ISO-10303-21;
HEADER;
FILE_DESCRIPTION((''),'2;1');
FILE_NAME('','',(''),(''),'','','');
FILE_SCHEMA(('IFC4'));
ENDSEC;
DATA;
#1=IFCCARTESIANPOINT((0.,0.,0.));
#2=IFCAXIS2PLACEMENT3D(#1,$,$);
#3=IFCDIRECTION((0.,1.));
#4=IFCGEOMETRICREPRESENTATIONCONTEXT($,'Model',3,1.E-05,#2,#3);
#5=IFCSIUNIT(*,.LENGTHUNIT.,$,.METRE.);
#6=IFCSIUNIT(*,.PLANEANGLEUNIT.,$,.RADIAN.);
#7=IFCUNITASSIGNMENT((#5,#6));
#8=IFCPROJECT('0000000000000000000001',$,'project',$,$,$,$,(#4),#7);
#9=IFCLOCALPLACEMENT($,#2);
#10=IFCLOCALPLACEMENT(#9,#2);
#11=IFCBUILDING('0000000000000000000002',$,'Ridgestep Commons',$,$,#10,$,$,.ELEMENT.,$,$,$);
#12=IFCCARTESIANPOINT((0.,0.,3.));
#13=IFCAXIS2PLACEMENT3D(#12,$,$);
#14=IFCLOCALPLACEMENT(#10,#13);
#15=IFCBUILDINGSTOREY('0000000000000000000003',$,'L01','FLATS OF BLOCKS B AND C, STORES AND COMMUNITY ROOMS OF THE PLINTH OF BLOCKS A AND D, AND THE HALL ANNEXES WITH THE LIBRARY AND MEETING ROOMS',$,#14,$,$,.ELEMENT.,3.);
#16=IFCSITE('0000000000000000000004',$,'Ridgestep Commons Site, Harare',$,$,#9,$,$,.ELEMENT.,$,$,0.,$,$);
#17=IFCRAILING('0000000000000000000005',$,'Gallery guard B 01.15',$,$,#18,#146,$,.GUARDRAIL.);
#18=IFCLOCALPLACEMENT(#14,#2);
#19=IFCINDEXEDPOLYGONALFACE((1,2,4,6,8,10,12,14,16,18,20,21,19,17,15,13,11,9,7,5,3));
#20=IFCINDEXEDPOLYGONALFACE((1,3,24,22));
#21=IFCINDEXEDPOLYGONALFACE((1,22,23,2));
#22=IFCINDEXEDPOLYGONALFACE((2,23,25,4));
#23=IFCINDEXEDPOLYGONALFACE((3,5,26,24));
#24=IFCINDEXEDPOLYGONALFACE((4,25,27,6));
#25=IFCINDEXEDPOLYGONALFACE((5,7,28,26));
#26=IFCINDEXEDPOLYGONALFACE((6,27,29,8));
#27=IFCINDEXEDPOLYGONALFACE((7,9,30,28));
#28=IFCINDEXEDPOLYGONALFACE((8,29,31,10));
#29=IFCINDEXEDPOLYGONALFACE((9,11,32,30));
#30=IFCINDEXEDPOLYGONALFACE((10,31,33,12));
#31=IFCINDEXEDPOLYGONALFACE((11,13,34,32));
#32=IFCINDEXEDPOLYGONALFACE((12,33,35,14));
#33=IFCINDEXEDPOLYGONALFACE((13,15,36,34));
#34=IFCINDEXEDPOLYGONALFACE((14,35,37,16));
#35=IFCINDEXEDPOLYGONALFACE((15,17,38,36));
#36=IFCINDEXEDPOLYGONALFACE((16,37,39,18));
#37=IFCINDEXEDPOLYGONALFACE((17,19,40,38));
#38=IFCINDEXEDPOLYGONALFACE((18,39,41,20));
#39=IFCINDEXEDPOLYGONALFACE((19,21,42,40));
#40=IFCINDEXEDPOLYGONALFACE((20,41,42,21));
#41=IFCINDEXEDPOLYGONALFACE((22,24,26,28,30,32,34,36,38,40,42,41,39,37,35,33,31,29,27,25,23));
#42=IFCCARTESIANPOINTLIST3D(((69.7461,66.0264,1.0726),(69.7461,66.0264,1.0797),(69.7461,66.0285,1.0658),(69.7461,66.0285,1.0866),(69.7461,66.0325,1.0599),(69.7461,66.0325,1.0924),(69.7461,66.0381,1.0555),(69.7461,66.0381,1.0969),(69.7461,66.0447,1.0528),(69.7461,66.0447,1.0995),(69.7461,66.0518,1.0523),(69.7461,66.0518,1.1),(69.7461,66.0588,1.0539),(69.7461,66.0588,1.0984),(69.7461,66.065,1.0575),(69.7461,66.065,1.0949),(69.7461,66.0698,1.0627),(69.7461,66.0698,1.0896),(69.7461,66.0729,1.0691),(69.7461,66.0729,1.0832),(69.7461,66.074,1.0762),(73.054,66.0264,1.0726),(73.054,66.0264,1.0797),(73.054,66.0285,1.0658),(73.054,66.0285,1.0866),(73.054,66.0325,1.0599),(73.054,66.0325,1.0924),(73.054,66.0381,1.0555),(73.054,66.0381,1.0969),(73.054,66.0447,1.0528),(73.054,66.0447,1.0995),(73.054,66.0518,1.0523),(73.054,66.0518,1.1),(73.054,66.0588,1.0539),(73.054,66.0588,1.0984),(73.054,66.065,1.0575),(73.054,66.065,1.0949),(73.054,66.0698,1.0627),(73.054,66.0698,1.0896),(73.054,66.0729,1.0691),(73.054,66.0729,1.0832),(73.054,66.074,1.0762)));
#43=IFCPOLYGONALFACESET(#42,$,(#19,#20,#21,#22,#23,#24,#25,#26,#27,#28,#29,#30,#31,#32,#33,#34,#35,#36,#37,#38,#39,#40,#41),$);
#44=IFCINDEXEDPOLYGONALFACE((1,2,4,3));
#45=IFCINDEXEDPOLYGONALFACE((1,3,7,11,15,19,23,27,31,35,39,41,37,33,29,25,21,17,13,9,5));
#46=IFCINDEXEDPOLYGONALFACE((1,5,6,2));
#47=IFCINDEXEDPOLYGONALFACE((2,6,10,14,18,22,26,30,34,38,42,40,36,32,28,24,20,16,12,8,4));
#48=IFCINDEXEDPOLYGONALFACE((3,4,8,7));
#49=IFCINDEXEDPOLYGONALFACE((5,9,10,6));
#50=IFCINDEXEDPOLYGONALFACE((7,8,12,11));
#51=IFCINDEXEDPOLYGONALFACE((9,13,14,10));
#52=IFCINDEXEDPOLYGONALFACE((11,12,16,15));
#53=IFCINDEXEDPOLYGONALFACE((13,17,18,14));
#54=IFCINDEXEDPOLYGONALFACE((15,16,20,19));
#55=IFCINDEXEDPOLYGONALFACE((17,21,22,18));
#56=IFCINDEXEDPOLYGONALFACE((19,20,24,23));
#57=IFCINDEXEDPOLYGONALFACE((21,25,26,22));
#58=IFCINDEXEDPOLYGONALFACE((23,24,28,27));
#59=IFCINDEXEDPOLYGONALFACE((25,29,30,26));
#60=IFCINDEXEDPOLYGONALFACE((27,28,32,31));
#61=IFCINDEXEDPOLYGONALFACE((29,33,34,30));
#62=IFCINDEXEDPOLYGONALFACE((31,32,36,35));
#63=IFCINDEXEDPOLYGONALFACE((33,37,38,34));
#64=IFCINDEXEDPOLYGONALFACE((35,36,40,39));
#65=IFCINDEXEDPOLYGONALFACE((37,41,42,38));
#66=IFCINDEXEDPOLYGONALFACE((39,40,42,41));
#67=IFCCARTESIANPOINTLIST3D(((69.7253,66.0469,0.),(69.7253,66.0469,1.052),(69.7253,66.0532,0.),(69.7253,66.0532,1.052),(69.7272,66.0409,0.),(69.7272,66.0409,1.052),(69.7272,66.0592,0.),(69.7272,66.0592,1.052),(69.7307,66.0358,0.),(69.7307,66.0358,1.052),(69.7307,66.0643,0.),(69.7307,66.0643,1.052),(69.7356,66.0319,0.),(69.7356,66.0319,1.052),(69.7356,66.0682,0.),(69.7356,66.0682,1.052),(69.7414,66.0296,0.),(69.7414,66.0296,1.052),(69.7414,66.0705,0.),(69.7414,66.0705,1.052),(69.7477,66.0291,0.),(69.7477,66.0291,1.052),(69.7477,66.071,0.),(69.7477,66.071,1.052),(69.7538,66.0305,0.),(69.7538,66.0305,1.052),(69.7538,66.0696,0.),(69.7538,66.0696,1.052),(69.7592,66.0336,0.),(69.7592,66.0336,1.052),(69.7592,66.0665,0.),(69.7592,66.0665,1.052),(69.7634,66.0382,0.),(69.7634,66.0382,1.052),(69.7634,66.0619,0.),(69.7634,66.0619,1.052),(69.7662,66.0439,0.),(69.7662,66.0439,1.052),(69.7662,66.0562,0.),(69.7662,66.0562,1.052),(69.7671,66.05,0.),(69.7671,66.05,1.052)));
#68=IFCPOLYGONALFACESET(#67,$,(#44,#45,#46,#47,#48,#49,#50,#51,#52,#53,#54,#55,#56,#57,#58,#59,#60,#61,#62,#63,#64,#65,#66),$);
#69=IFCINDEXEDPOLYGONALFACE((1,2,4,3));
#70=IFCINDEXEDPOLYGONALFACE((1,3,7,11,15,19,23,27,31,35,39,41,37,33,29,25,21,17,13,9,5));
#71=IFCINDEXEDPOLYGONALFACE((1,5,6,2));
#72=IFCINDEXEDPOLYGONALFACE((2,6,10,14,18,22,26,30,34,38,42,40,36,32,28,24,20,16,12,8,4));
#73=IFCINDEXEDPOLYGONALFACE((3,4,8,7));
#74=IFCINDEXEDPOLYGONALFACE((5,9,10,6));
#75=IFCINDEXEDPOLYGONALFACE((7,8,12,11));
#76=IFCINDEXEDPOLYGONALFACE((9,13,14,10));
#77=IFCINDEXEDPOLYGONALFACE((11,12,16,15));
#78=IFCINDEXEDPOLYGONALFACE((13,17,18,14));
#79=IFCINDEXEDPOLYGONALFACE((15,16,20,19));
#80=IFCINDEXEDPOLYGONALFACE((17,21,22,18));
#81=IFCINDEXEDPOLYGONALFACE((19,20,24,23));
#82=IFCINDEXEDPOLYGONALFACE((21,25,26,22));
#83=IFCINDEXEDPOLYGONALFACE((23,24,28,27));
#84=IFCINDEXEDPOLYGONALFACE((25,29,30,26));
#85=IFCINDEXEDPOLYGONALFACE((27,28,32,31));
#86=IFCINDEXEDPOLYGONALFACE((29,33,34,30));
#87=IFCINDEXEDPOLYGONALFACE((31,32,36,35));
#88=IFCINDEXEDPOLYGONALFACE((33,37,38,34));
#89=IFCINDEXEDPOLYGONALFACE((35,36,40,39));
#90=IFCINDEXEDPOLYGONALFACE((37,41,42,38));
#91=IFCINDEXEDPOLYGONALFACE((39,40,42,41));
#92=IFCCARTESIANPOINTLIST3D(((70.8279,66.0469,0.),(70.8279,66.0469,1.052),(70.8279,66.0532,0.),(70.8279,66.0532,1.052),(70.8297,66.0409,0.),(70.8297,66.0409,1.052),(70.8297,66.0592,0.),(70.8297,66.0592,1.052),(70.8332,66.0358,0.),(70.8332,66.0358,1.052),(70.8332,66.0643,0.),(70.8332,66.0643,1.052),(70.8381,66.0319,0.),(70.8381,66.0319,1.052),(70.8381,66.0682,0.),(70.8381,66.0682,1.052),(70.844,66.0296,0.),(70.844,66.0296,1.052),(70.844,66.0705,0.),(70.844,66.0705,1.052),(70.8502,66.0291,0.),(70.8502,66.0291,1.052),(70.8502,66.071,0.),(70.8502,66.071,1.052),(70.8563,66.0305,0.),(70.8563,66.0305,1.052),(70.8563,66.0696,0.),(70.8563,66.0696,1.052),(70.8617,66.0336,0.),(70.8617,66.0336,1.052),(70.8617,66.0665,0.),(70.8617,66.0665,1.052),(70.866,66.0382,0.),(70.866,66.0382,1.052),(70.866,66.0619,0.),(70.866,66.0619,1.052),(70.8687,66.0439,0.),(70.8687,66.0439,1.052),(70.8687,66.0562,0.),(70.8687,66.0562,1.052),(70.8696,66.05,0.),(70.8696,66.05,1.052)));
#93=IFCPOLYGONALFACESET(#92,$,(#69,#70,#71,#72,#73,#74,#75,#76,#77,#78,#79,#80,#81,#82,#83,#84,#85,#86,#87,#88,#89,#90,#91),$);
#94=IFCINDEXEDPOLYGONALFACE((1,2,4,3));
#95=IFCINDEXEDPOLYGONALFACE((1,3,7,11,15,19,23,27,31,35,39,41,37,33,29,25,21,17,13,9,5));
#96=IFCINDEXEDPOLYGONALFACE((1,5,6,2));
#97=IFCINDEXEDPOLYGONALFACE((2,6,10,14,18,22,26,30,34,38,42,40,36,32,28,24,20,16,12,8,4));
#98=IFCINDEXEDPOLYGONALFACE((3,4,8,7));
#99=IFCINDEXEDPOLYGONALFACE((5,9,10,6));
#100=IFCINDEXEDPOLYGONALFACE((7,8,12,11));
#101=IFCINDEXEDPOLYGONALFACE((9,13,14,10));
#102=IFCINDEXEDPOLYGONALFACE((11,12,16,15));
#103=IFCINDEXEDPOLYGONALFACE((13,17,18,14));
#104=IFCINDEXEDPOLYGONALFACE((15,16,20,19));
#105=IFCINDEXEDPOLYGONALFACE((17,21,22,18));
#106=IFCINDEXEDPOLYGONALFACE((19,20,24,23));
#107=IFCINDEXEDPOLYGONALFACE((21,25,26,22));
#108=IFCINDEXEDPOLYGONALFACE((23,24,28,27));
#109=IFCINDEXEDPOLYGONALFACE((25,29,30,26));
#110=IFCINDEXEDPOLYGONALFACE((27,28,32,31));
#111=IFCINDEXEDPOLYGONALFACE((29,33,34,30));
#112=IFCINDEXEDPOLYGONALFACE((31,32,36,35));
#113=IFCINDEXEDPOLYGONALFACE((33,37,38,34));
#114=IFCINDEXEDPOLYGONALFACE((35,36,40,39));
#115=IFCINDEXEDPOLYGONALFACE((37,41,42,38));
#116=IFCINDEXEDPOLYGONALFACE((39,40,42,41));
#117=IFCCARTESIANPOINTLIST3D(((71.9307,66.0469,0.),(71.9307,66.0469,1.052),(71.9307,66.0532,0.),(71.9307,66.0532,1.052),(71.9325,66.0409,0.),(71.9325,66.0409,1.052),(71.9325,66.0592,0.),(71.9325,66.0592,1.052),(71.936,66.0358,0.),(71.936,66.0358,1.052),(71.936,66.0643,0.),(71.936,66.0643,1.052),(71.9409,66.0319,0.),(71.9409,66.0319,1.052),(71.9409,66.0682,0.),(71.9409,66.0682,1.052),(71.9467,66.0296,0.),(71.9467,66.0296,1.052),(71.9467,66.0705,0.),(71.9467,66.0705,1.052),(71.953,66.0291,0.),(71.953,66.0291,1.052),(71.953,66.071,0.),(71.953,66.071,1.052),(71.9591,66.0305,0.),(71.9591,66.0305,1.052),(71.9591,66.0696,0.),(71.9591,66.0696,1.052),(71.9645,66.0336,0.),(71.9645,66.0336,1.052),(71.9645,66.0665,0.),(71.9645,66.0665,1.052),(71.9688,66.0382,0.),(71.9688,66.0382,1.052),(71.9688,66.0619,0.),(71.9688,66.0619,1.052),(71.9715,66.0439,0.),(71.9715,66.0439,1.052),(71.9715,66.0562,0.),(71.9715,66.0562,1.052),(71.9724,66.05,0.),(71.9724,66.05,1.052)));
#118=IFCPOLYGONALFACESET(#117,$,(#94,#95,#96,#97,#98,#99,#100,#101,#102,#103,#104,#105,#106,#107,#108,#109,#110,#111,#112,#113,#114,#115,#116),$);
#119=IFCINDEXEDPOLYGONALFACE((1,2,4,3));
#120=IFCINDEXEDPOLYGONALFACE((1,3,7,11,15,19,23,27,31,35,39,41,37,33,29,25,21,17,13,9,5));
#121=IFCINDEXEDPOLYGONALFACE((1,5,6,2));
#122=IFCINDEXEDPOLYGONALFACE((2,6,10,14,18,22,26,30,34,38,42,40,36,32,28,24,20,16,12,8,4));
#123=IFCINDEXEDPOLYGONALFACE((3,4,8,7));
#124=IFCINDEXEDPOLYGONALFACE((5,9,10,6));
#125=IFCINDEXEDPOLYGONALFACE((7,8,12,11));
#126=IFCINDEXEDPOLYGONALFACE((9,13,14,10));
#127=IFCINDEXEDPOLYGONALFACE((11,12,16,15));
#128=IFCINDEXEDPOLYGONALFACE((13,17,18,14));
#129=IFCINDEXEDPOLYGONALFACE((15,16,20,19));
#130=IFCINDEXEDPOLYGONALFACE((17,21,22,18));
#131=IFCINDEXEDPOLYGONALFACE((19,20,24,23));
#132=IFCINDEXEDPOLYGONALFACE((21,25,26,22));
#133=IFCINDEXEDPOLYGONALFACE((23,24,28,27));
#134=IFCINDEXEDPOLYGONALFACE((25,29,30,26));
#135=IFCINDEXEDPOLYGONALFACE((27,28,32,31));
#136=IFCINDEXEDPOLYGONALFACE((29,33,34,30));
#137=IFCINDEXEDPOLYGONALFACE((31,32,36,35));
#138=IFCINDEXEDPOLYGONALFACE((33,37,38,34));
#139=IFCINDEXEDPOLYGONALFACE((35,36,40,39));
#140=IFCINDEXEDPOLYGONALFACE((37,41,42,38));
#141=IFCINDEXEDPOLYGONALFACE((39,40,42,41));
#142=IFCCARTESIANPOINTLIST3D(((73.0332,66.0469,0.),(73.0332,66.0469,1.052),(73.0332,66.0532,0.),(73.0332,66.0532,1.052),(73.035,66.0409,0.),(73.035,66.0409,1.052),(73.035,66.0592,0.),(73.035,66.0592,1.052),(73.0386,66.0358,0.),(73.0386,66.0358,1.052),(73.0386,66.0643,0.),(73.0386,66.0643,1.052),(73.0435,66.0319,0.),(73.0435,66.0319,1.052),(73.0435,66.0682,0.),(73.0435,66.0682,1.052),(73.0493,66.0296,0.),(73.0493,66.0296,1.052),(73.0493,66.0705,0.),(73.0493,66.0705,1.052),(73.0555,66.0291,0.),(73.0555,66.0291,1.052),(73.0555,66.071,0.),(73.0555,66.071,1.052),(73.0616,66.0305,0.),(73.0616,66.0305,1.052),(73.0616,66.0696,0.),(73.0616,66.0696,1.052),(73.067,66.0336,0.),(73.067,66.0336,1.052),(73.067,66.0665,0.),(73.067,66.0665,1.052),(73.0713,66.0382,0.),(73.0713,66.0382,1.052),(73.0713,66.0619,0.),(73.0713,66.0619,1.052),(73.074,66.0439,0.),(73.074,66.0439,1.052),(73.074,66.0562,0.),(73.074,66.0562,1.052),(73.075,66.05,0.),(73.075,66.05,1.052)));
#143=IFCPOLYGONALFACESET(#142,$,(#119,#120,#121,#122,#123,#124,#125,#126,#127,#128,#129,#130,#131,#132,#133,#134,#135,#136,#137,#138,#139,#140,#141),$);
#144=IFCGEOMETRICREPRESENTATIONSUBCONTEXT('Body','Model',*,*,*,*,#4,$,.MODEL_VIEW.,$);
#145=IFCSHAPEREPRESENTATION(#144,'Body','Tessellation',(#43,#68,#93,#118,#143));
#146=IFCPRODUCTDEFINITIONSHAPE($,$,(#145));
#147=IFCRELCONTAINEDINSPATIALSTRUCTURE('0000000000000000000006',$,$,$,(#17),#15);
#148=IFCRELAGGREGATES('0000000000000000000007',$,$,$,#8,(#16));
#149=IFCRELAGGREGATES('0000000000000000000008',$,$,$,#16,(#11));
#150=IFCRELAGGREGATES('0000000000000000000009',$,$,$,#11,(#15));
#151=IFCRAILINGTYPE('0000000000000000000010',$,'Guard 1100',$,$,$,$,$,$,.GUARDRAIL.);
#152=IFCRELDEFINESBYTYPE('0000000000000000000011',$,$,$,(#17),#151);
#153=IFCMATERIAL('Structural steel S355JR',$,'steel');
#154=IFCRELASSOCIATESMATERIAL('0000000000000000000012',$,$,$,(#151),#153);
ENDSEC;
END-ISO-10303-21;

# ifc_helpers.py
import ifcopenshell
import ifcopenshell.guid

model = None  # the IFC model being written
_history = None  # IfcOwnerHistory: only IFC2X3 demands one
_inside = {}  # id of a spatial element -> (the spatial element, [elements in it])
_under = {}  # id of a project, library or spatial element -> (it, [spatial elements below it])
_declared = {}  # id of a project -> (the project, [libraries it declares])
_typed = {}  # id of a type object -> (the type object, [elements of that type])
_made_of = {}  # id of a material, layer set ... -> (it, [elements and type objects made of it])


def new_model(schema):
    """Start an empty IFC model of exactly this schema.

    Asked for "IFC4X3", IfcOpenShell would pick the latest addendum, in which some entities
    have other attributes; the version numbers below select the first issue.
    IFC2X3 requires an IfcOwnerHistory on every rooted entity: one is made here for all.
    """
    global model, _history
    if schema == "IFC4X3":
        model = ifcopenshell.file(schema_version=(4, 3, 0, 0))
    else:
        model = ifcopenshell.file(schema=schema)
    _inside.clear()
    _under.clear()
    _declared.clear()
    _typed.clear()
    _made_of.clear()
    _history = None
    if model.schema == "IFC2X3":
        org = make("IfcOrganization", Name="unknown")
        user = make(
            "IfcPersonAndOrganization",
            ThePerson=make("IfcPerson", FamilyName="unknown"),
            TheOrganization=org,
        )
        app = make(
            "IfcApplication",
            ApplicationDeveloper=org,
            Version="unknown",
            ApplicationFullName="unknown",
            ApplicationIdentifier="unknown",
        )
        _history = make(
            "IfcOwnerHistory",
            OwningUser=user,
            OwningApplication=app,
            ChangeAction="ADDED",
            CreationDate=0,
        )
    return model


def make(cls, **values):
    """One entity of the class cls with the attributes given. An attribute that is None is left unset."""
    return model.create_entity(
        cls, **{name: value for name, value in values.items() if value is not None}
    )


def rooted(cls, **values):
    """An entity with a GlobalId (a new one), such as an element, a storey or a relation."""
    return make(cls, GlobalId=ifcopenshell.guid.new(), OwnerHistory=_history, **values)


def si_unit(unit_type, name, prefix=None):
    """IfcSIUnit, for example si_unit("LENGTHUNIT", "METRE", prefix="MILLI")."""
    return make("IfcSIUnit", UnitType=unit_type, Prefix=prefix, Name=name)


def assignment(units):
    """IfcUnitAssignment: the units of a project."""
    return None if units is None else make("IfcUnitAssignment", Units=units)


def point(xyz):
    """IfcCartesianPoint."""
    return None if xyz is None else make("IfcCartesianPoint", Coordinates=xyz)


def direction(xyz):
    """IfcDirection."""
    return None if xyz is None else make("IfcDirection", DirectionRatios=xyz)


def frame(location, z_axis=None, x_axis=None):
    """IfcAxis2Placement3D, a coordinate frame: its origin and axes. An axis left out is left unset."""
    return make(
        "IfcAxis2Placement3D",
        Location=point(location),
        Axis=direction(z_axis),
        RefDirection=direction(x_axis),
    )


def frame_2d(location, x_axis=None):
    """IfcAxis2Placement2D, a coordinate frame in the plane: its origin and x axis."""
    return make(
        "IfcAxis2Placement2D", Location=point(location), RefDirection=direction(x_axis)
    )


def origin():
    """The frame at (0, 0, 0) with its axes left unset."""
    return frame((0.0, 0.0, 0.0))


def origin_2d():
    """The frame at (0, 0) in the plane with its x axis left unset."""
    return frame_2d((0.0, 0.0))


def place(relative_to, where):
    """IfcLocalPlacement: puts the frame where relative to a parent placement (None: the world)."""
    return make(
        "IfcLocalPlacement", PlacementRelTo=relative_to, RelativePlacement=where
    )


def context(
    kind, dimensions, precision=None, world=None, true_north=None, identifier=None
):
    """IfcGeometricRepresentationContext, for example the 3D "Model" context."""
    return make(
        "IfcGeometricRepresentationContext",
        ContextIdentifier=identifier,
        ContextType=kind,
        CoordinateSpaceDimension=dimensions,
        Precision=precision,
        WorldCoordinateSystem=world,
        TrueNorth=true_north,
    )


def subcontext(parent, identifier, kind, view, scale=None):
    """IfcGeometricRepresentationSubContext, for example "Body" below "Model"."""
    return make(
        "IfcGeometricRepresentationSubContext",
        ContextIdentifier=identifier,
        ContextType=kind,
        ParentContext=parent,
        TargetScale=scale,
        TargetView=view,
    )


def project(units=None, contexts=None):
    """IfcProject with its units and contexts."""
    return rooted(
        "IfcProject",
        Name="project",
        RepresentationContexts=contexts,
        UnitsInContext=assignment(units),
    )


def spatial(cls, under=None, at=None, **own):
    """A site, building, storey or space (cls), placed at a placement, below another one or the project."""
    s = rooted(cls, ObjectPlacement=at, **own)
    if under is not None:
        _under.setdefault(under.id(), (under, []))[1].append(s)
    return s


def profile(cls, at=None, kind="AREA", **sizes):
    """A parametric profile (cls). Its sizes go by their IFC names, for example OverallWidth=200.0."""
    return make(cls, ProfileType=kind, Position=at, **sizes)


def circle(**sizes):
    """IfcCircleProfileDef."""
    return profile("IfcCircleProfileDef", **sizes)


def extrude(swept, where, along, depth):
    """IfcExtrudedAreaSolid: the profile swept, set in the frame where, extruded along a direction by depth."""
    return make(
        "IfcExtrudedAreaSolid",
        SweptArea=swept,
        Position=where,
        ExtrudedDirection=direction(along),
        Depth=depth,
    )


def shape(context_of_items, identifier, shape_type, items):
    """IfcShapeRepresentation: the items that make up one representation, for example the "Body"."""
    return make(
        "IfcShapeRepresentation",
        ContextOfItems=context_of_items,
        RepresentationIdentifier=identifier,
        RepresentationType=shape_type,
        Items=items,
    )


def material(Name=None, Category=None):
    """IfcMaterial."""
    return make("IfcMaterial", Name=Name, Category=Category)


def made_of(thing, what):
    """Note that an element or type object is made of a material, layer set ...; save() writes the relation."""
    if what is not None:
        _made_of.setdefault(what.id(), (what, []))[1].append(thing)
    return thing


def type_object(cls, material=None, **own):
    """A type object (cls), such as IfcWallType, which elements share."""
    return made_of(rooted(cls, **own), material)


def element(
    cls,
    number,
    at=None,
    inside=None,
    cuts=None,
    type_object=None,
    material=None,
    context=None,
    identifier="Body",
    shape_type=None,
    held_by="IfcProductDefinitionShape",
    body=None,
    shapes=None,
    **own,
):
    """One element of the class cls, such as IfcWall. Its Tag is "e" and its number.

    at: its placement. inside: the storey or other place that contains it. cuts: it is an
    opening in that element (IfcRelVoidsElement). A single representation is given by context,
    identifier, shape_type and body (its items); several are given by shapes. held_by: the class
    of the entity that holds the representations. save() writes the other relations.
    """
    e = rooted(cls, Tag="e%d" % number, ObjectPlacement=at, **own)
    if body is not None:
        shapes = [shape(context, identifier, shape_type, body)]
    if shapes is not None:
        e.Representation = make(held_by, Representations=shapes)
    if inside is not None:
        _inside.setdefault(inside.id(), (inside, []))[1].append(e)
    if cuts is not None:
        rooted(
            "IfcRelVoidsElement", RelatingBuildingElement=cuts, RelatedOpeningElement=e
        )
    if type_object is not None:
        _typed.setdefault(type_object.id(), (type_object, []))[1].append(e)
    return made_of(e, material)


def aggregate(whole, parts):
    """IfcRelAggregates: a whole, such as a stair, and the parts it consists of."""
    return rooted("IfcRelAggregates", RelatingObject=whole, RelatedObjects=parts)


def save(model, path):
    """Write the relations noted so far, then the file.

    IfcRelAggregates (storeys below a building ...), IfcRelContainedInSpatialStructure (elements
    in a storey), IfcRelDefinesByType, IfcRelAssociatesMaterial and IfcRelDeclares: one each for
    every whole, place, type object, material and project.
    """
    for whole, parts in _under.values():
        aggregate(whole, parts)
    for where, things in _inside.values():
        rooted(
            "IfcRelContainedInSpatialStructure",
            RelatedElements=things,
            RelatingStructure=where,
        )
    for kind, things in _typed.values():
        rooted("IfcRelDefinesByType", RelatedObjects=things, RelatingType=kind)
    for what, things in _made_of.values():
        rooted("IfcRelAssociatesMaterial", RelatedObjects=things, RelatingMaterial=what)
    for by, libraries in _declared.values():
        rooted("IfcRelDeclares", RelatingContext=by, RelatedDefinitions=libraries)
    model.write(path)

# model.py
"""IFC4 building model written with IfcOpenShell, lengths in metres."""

from ifc_helpers import new_model, si_unit, direction, frame, origin, origin_2d, place, context, subcontext, project, spatial, circle, extrude, material, type_object, element, save


model = new_model("IFC4")

# Units and contexts
model_context = context("Model", 3, precision=1e-05, world=origin(), true_north=direction((0.0, 1.0)))
body_context = subcontext(model_context, "Body", "Model", "MODEL_VIEW")
ifc_project = project(units=[si_unit("LENGTHUNIT", "METRE"), si_unit("PLANEANGLEUNIT", "RADIAN")], contexts=[model_context])

# Site, building, storey
site_placement = place(None, origin())
site = spatial("IfcSite", under=ifc_project, at=site_placement, Name="Ridgestep Commons Site, Harare", CompositionType="ELEMENT", RefElevation=0.0)
building_placement = place(site_placement, origin())
building = spatial("IfcBuilding", under=site, at=building_placement, Name="Ridgestep Commons", CompositionType="ELEMENT")
storey_placement = place(building_placement, frame((0.0, 0.0, 3.0)))
storey = spatial("IfcBuildingStorey", under=building, at=storey_placement, Name="L01", Description="FLATS OF BLOCKS B AND C, STORES AND COMMUNITY ROOMS OF THE PLINTH OF BLOCKS A AND D, AND THE HALL ANNEXES WITH THE LIBRARY AND MEETING ROOMS", CompositionType="ELEMENT", Elevation=3.0)

# Railing
ifc_material_1 = material(Name="Structural steel S355JR", Category="steel")
railing_type = type_object("IfcRailingType", Name="Guard 1100", PredefinedType="GUARDRAIL", material=ifc_material_1)
railing_1_placement = place(storey_placement, frame((69.7461, 66.05, 0.0)))
element("IfcRailing", 1, at=railing_1_placement, inside=storey, type_object=railing_type, Name="Gallery guard B 01.15", PredefinedType="GUARDRAIL", context=body_context, shape_type="SweptSolid", body=[
    extrude(circle(Radius=0.0239, at=origin_2d()), frame((0.0, 0.0, 1.0762), z_axis=(1.0, 0.0, 0.0), x_axis=(0.0, 1.0, 0.0)), (0.0, 0.0, 1.0), 3.3079),
    extrude(circle(Radius=0.021, at=origin_2d()), origin(), (0.0, 0.0, 1.0), 1.052),
    extrude(circle(Radius=0.021, at=origin_2d()), frame((1.1025, 0.0, 0.0)), (0.0, 0.0, 1.0), 1.052),
    extrude(circle(Radius=0.021, at=origin_2d()), frame((2.2053, 0.0, 0.0)), (0.0, 0.0, 1.0), 1.052),
    extrude(circle(Radius=0.021, at=origin_2d()), frame((3.3079, 0.0, 0.0)), (0.0, 0.0, 1.0), 1.052),
])

save(model, "model.ifc")
